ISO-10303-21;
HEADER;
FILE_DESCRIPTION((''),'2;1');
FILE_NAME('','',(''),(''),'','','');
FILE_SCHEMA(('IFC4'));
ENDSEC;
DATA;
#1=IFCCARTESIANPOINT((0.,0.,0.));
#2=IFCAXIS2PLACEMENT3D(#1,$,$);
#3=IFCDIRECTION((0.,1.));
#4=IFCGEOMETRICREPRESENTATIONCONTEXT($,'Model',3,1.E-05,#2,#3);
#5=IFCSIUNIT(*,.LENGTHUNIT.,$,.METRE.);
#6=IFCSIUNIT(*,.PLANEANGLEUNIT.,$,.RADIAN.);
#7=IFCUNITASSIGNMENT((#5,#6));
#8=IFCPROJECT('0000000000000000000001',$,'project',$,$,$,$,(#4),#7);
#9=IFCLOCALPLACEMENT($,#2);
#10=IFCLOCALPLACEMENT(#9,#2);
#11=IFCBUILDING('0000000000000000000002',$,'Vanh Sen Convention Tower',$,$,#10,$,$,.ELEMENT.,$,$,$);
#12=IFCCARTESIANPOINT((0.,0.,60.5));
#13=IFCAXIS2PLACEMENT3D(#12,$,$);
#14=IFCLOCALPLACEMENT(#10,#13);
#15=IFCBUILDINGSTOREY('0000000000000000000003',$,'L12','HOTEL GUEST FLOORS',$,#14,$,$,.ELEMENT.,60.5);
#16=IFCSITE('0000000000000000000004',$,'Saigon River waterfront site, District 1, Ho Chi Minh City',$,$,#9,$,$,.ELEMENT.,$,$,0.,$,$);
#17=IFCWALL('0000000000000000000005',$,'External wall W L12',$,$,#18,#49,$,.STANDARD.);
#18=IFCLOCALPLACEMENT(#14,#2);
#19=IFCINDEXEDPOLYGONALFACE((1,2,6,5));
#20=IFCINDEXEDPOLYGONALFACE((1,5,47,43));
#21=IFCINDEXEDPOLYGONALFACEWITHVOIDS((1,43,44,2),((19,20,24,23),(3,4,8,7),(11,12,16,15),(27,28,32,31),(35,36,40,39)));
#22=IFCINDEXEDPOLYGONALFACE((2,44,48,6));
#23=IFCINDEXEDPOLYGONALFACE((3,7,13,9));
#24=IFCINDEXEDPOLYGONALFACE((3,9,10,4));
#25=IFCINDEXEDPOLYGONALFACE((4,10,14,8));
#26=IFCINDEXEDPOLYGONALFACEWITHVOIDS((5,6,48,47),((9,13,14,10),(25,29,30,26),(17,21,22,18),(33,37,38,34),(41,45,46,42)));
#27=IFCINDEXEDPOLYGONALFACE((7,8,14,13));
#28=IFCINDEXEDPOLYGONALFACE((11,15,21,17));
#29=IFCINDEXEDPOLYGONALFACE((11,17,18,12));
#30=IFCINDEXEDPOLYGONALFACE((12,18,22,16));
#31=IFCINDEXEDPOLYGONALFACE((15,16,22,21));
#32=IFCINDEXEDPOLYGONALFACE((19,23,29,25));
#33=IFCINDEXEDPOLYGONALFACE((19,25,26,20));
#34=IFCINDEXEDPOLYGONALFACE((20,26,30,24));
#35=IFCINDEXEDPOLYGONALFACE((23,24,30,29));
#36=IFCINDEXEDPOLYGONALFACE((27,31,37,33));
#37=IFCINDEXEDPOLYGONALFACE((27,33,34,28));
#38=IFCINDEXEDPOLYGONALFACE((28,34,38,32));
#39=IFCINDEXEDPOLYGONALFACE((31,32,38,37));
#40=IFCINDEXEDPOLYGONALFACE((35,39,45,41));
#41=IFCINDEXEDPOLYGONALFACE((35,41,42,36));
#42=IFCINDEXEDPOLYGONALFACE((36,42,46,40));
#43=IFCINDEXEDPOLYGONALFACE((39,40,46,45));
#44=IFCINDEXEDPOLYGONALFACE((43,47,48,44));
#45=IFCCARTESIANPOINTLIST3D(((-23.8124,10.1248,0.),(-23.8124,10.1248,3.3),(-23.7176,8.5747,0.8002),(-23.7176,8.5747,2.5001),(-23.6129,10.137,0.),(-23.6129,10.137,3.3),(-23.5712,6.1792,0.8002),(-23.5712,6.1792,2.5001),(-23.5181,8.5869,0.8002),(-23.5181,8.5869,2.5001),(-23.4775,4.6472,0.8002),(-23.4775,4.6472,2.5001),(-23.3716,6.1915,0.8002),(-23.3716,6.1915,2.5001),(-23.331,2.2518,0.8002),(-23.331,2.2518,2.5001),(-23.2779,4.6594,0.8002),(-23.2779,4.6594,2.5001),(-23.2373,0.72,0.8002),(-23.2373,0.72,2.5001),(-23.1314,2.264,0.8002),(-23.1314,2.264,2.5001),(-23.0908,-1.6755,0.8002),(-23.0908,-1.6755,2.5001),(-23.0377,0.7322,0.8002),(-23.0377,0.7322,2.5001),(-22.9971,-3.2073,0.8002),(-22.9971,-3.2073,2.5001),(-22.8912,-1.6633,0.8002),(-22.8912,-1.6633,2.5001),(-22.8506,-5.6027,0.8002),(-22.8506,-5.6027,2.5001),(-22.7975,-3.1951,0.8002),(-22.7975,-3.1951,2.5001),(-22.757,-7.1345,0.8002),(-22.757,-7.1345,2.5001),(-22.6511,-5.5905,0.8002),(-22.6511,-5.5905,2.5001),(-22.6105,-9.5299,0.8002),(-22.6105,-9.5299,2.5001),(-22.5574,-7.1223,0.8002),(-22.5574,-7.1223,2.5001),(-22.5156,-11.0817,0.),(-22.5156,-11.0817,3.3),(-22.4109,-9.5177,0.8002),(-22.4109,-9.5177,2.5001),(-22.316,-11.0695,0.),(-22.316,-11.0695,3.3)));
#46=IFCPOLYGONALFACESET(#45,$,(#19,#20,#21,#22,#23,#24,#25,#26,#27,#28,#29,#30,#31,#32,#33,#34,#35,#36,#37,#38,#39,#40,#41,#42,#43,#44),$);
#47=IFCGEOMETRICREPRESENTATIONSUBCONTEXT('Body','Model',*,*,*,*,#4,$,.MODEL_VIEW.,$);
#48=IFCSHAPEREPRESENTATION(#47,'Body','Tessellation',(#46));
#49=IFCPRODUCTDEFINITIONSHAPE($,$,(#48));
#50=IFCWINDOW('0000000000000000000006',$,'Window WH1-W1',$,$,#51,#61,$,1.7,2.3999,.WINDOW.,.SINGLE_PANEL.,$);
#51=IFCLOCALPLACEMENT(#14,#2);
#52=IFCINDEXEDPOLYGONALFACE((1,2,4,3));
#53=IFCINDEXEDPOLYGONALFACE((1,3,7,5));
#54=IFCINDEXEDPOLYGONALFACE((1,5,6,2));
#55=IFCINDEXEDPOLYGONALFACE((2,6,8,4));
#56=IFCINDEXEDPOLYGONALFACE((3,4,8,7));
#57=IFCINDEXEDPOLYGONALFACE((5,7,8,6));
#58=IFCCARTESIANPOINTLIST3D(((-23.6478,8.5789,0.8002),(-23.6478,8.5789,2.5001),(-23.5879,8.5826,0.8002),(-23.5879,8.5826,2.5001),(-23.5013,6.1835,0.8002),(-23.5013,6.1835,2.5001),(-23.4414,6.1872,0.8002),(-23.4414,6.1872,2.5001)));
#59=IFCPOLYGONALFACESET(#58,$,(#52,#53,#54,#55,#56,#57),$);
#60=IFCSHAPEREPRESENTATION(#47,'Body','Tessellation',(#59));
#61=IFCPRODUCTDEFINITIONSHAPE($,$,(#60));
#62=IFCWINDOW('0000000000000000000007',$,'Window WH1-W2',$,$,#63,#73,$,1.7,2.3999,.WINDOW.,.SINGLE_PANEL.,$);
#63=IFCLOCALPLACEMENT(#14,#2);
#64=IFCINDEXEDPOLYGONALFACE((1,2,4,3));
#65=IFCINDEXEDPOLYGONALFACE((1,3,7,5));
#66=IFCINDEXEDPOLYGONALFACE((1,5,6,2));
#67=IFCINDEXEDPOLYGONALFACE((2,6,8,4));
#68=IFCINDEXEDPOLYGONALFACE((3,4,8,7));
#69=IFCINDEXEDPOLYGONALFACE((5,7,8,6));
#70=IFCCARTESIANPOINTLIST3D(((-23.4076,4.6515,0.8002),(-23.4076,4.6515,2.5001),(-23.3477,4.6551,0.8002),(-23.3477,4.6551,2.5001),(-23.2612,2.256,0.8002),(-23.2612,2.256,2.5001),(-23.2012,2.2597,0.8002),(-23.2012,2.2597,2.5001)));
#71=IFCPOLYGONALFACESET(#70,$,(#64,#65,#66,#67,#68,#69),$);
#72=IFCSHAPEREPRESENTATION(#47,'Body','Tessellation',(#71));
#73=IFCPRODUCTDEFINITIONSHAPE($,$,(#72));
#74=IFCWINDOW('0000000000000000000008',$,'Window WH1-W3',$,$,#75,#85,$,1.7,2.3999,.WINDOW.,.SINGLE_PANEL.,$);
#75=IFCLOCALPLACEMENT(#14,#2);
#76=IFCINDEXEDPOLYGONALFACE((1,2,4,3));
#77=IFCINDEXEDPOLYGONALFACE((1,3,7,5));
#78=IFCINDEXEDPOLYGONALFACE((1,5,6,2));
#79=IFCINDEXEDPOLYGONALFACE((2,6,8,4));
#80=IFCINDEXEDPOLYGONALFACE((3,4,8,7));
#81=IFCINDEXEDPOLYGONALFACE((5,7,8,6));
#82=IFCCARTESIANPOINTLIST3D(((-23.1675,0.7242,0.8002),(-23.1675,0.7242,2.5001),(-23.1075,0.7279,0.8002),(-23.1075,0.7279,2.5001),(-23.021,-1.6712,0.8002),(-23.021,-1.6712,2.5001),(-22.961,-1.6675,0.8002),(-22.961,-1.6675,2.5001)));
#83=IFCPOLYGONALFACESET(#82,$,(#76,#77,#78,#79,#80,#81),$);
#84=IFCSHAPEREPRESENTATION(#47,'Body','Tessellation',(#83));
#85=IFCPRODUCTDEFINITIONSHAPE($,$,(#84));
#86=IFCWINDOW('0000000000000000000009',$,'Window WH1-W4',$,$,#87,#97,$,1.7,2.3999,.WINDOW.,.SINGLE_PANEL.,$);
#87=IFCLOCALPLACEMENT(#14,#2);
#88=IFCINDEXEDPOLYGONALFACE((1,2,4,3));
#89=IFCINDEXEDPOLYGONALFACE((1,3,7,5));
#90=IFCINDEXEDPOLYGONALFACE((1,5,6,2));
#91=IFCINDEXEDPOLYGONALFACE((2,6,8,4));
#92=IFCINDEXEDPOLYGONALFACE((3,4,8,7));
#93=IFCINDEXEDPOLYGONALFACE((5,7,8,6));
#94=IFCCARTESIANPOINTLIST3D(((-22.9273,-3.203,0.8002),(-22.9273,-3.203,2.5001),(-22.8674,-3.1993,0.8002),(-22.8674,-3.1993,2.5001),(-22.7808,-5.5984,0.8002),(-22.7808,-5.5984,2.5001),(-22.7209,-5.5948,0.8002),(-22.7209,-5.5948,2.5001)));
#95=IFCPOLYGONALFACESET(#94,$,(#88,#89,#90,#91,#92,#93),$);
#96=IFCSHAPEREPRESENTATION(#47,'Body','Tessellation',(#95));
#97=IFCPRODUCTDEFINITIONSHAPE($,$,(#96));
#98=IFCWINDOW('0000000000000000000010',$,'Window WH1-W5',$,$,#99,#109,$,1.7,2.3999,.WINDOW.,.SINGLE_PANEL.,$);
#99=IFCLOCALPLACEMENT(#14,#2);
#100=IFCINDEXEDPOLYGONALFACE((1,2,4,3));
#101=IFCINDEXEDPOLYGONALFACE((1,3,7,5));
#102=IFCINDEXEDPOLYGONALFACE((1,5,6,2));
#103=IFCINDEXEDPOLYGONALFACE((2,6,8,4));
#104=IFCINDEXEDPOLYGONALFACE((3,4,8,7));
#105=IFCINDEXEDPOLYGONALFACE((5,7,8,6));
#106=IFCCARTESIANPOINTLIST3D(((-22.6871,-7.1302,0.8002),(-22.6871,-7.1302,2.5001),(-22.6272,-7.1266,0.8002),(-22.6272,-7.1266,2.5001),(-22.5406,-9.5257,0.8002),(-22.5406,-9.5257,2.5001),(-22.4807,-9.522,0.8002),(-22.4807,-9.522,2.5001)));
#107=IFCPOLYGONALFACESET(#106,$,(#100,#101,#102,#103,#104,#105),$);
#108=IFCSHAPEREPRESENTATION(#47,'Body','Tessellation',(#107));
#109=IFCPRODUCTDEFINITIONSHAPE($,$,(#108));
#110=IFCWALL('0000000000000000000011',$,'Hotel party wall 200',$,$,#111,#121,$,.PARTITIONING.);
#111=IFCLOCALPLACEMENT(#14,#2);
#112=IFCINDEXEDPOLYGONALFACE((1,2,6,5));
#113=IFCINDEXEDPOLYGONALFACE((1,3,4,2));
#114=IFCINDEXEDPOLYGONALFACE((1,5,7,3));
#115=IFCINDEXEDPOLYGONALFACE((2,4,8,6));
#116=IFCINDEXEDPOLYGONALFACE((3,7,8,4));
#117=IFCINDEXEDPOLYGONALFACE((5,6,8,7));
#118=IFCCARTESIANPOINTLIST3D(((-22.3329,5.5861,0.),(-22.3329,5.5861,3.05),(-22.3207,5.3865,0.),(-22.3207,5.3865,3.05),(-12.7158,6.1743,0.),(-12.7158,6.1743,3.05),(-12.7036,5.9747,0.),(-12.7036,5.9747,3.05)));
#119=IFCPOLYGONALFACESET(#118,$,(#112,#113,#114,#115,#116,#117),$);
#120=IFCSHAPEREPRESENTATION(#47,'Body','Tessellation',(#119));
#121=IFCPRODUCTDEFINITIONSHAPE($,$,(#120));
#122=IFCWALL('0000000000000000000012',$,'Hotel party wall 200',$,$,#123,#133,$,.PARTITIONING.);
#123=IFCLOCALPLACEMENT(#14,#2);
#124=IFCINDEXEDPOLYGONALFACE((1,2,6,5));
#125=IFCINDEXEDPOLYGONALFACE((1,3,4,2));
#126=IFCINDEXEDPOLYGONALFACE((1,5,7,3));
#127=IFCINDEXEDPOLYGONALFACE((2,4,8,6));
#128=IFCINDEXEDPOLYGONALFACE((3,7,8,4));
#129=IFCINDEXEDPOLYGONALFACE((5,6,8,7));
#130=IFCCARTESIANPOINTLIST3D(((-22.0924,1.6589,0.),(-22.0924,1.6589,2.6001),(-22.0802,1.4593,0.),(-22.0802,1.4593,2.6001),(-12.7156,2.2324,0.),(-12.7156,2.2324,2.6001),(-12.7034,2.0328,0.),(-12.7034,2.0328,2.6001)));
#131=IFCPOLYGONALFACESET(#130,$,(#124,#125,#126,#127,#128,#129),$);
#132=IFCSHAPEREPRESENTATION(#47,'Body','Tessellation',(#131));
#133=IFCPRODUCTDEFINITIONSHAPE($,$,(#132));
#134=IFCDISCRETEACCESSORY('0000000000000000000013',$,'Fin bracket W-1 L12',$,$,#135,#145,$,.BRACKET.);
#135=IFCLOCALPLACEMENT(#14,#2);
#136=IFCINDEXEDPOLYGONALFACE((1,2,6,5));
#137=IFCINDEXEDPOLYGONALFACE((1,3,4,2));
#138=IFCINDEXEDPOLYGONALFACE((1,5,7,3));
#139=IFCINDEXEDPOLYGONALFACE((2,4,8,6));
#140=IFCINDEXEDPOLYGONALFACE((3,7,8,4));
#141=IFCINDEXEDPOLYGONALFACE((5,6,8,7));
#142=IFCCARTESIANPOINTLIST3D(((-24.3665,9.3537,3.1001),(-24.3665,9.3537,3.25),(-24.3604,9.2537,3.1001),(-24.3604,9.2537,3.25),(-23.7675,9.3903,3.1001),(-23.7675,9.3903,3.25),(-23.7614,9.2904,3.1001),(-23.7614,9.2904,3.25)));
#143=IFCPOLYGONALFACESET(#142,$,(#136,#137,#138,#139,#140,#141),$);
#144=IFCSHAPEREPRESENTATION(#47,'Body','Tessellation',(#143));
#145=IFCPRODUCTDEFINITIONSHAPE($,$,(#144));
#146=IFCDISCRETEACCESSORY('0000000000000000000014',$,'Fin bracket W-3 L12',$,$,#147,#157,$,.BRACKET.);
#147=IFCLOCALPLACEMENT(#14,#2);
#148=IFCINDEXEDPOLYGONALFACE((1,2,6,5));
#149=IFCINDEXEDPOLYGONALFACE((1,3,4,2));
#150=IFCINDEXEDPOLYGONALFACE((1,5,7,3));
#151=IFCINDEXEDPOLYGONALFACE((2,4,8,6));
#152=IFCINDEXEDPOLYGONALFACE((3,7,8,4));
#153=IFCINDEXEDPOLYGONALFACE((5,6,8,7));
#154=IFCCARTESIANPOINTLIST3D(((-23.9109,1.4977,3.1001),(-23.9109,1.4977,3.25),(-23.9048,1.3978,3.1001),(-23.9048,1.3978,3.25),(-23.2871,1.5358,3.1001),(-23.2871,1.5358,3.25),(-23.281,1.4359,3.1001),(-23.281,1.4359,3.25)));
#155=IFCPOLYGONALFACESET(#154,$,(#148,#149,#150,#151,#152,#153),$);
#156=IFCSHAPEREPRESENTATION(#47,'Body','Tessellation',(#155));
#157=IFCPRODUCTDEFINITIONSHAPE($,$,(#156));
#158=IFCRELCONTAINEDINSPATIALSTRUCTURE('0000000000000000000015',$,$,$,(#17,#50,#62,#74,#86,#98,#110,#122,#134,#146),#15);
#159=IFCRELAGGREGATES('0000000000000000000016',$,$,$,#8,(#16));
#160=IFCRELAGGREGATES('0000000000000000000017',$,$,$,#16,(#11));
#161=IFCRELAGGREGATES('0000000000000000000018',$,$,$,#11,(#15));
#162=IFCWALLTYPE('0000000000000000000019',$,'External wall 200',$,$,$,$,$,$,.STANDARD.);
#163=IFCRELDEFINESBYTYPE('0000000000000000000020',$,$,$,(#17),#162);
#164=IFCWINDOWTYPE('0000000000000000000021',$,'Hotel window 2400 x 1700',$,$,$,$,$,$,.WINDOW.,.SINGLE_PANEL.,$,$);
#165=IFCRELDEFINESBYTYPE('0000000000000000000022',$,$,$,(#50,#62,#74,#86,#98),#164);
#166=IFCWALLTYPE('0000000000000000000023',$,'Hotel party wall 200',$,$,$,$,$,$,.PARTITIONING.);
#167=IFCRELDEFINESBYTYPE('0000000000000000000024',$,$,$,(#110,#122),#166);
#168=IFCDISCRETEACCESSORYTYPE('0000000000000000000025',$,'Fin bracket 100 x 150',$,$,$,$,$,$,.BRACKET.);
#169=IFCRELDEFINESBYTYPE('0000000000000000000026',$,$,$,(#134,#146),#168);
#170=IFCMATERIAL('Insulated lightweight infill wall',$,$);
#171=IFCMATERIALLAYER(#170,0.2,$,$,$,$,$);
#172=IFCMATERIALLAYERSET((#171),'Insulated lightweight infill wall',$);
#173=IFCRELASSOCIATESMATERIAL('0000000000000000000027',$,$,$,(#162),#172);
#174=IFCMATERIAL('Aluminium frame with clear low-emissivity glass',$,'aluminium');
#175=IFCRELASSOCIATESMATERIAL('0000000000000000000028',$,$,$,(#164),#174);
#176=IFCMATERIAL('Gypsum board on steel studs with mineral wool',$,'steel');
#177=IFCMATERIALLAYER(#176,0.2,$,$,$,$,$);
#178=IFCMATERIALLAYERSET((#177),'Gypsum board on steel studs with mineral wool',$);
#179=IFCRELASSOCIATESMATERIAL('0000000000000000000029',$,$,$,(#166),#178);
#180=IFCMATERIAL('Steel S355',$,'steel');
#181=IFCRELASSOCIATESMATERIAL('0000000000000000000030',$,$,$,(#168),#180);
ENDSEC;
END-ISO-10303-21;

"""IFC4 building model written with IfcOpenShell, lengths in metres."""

from ifc_helpers import new_model, si_unit, direction, frame, frame_2d, origin, origin_2d, place, context, subcontext, project, spatial, rectangle, extrude, material, layer, layer_set, type_object, element, fill, save


model = new_model("IFC4")

# Units and contexts
model_context = context("Model", 3, precision=1e-05, world=origin(), true_north=direction((0.0, 1.0)))
body_context = subcontext(model_context, "Body", "Model", "MODEL_VIEW")
ifc_project = project(units=[si_unit("LENGTHUNIT", "METRE"), si_unit("PLANEANGLEUNIT", "RADIAN")], contexts=[model_context])

# Site, building, storey
site_placement = place(None, origin())
site = spatial("IfcSite", under=ifc_project, at=site_placement, Name="Saigon River waterfront site, District 1, Ho Chi Minh City", CompositionType="ELEMENT", RefElevation=0.0)
building_placement = place(site_placement, origin())
building = spatial("IfcBuilding", under=site, at=building_placement, Name="Vanh Sen Convention Tower", CompositionType="ELEMENT")
storey_placement = place(building_placement, frame((0.0, 0.0, 60.5)))
storey = spatial("IfcBuildingStorey", under=building, at=storey_placement, Name="L12", Description="HOTEL GUEST FLOORS", CompositionType="ELEMENT", Elevation=60.5)

# Wall, openings, windows
ifc_material_1 = material(Name="Insulated lightweight infill wall")
ifc_layer_1 = layer(ifc_material_1, 0.2)
ifc_layer_set_1 = layer_set([ifc_layer_1], Name="Insulated lightweight infill wall")
wall_type_1 = type_object("IfcWallType", Name="External wall 200", PredefinedType="STANDARD", material=ifc_layer_set_1)
wall_1_placement = place(storey_placement, frame((-23.7126, 10.1309, 0.0), z_axis=(0.0, 0.0, 1.0), x_axis=(0.06104, -0.998135, 0.0)))
wall_1 = element("IfcWall", 1, at=wall_1_placement, inside=storey, type_object=wall_type_1, Name="External wall W L12", PredefinedType="STANDARD", context=body_context, shape_type="SweptSolid", body=[
    extrude(rectangle(XDim=21.2461, YDim=0.2, at=frame_2d((10.623, 0.0))), origin(), (0.0, 0.0, 1.0), 3.3),
])
opening_1_placement = place(wall_1_placement, frame((1.553, 0.0, 0.8)))
opening_1 = element("IfcOpeningElement", 2, at=opening_1_placement, cuts=wall_1, PredefinedType="OPENING", context=body_context, shape_type="SweptSolid", body=[
    extrude(rectangle(XDim=2.3999, YDim=1.7, at=frame_2d((1.2, 0.8501))), frame((0.0, 0.1099, 0.0), z_axis=(0.0, -1.0, 0.0), x_axis=(1.0, 0.0, 0.0)), (0.0, 0.0, 1.0), 0.22),
])
opening_2_placement = place(wall_1_placement, frame((5.4878, 0.0, 0.8)))
opening_2 = element("IfcOpeningElement", 3, at=opening_2_placement, cuts=wall_1, PredefinedType="OPENING", context=body_context, shape_type="SweptSolid", body=[
    extrude(rectangle(XDim=2.3999, YDim=1.7, at=frame_2d((1.2, 0.8501))), frame((0.0, 0.1099, 0.0), z_axis=(0.0, -1.0, 0.0), x_axis=(1.0, 0.0, 0.0)), (0.0, 0.0, 1.0), 0.22),
])
opening_3_placement = place(wall_1_placement, frame((9.4224, 0.0, 0.8)))
opening_3 = element("IfcOpeningElement", 4, at=opening_3_placement, cuts=wall_1, PredefinedType="OPENING", context=body_context, shape_type="SweptSolid", body=[
    extrude(rectangle(XDim=2.3999, YDim=1.7, at=frame_2d((1.2, 0.8501))), frame((0.0, 0.1099, 0.0), z_axis=(0.0, -1.0, 0.0), x_axis=(1.0, 0.0, 0.0)), (0.0, 0.0, 1.0), 0.22),
])
opening_4_placement = place(wall_1_placement, frame((13.3569, 0.0, 0.8)))
opening_4 = element("IfcOpeningElement", 5, at=opening_4_placement, cuts=wall_1, PredefinedType="OPENING", context=body_context, shape_type="SweptSolid", body=[
    extrude(rectangle(XDim=2.3999, YDim=1.7, at=frame_2d((1.2, 0.8501))), frame((0.0, 0.1099, 0.0), z_axis=(0.0, -1.0, 0.0), x_axis=(1.0, 0.0, 0.0)), (0.0, 0.0, 1.0), 0.22),
])
opening_5_placement = place(wall_1_placement, frame((17.2915, 0.0, 0.8)))
opening_5 = element("IfcOpeningElement", 6, at=opening_5_placement, cuts=wall_1, PredefinedType="OPENING", context=body_context, shape_type="SweptSolid", body=[
    extrude(rectangle(XDim=2.3999, YDim=1.7, at=frame_2d((1.2, 0.8501))), frame((0.0, 0.1099, 0.0), z_axis=(0.0, -1.0, 0.0), x_axis=(1.0, 0.0, 0.0)), (0.0, 0.0, 1.0), 0.22),
])
ifc_material_2 = material(Name="Aluminium frame with clear low-emissivity glass", Category="aluminium")
window_type = type_object("IfcWindowType", Name="Hotel window 2400 x 1700", PartitioningType="SINGLE_PANEL", PredefinedType="WINDOW", material=ifc_material_2)
window_1_placement = place(opening_1_placement, origin())
window_1 = element("IfcWindow", 7, at=window_1_placement, inside=storey, type_object=window_type, Name="Window WH1-W1", OverallHeight=1.7, OverallWidth=2.3999, PartitioningType="SINGLE_PANEL", PredefinedType="WINDOW", context=body_context, shape_type="SweptSolid", body=[
    extrude(rectangle(XDim=2.3999, YDim=1.7, at=frame_2d((1.2, 0.8501))), frame((0.0, 0.03, 0.0), z_axis=(0.0, -1.0, 0.0), x_axis=(1.0, 0.0, 0.0)), (0.0, 0.0, 1.0), 0.0601),
])
fill(opening_1, window_1)
window_2_placement = place(opening_2_placement, origin())
window_2 = element("IfcWindow", 8, at=window_2_placement, inside=storey, type_object=window_type, Name="Window WH1-W2", OverallHeight=1.7, OverallWidth=2.3999, PartitioningType="SINGLE_PANEL", PredefinedType="WINDOW", context=body_context, shape_type="SweptSolid", body=[
    extrude(rectangle(XDim=2.3999, YDim=1.7, at=frame_2d((1.2, 0.8501))), frame((0.0, 0.03, 0.0), z_axis=(0.0, -1.0, 0.0), x_axis=(1.0, 0.0, 0.0)), (0.0, 0.0, 1.0), 0.0601),
])
fill(opening_2, window_2)
window_3_placement = place(opening_3_placement, origin())
window_3 = element("IfcWindow", 9, at=window_3_placement, inside=storey, type_object=window_type, Name="Window WH1-W3", OverallHeight=1.7, OverallWidth=2.3999, PartitioningType="SINGLE_PANEL", PredefinedType="WINDOW", context=body_context, shape_type="SweptSolid", body=[
    extrude(rectangle(XDim=2.3999, YDim=1.7, at=frame_2d((1.2, 0.8501))), frame((0.0, 0.03, 0.0), z_axis=(0.0, -1.0, 0.0), x_axis=(1.0, 0.0, 0.0)), (0.0, 0.0, 1.0), 0.0601),
])
fill(opening_3, window_3)
window_4_placement = place(opening_4_placement, origin())
window_4 = element("IfcWindow", 10, at=window_4_placement, inside=storey, type_object=window_type, Name="Window WH1-W4", OverallHeight=1.7, OverallWidth=2.3999, PartitioningType="SINGLE_PANEL", PredefinedType="WINDOW", context=body_context, shape_type="SweptSolid", body=[
    extrude(rectangle(XDim=2.3999, YDim=1.7, at=frame_2d((1.2, 0.8501))), frame((0.0, 0.03, 0.0), z_axis=(0.0, -1.0, 0.0), x_axis=(1.0, 0.0, 0.0)), (0.0, 0.0, 1.0), 0.0601),
])
fill(opening_4, window_4)
window_5_placement = place(opening_5_placement, origin())
window_5 = element("IfcWindow", 11, at=window_5_placement, inside=storey, type_object=window_type, Name="Window WH1-W5", OverallHeight=1.7, OverallWidth=2.3999, PartitioningType="SINGLE_PANEL", PredefinedType="WINDOW", context=body_context, shape_type="SweptSolid", body=[
    extrude(rectangle(XDim=2.3999, YDim=1.7, at=frame_2d((1.2, 0.8501))), frame((0.0, 0.03, 0.0), z_axis=(0.0, -1.0, 0.0), x_axis=(1.0, 0.0, 0.0)), (0.0, 0.0, 1.0), 0.0601),
])
fill(opening_5, window_5)

# Walls
ifc_material_3 = material(Name="Gypsum board on steel studs with mineral wool", Category="steel")
ifc_layer_2 = layer(ifc_material_3, 0.2)
ifc_layer_set_2 = layer_set([ifc_layer_2], Name="Gypsum board on steel studs with mineral wool")
wall_type_2 = type_object("IfcWallType", Name="Hotel party wall 200", PredefinedType="PARTITIONING", material=ifc_layer_set_2)
wall_2_placement = place(storey_placement, frame((-22.3267, 5.4863, 0.0), z_axis=(0.0, 0.0, 1.0), x_axis=(0.998135, 0.061042, 0.0)))
element("IfcWall", 12, at=wall_2_placement, inside=storey, type_object=wall_type_2, Name="Hotel party wall 200", PredefinedType="PARTITIONING", context=body_context, shape_type="SweptSolid", body=[
    extrude(rectangle(XDim=9.635, YDim=0.2, at=frame_2d((4.8174, 0.0))), origin(), (0.0, 0.0, 1.0), 3.05),
])
wall_3_placement = place(storey_placement, frame((-22.0864, 1.5591, 0.0), z_axis=(0.0, 0.0, 1.0), x_axis=(0.998135, 0.061047, 0.0)))
element("IfcWall", 13, at=wall_3_placement, inside=storey, type_object=wall_type_2, Name="Hotel party wall 200", PredefinedType="PARTITIONING", context=body_context, shape_type="SweptSolid", body=[
    extrude(rectangle(XDim=9.3943, YDim=0.2, at=frame_2d((4.6973, 0.0))), origin(), (0.0, 0.0, 1.0), 2.6001),
])

# Discrete accessories
ifc_material_4 = material(Name="Steel S355", Category="steel")
discrete_accessory_type = type_object("IfcDiscreteAccessoryType", Name="Fin bracket 100 x 150", PredefinedType="BRACKET", material=ifc_material_4)
discrete_accessory_1_placement = place(storey_placement, frame((-24.064, 9.322, 3.1001), z_axis=(0.0, 0.0, 1.0), x_axis=(-0.998135, -0.061049, 0.0)))
element("IfcDiscreteAccessory", 14, at=discrete_accessory_1_placement, inside=storey, type_object=discrete_accessory_type, Name="Fin bracket W-1 L12", PredefinedType="BRACKET", context=body_context, shape_type="SweptSolid", body=[
    extrude(rectangle(XDim=0.6001, YDim=0.1001, at=origin_2d()), origin(), (0.0, 0.0, 1.0), 0.1499),
])
discrete_accessory_2_placement = place(storey_placement, frame((-23.5959, 1.4668, 3.1001), z_axis=(0.0, 0.0, 1.0), x_axis=(-0.998135, -0.061049, 0.0)))
element("IfcDiscreteAccessory", 15, at=discrete_accessory_2_placement, inside=storey, type_object=discrete_accessory_type, Name="Fin bracket W-3 L12", PredefinedType="BRACKET", context=body_context, shape_type="SweptSolid", body=[
    extrude(rectangle(XDim=0.625, YDim=0.1001, at=origin_2d()), origin(), (0.0, 0.0, 1.0), 0.1499),
])

save(model, "model.ifc")
